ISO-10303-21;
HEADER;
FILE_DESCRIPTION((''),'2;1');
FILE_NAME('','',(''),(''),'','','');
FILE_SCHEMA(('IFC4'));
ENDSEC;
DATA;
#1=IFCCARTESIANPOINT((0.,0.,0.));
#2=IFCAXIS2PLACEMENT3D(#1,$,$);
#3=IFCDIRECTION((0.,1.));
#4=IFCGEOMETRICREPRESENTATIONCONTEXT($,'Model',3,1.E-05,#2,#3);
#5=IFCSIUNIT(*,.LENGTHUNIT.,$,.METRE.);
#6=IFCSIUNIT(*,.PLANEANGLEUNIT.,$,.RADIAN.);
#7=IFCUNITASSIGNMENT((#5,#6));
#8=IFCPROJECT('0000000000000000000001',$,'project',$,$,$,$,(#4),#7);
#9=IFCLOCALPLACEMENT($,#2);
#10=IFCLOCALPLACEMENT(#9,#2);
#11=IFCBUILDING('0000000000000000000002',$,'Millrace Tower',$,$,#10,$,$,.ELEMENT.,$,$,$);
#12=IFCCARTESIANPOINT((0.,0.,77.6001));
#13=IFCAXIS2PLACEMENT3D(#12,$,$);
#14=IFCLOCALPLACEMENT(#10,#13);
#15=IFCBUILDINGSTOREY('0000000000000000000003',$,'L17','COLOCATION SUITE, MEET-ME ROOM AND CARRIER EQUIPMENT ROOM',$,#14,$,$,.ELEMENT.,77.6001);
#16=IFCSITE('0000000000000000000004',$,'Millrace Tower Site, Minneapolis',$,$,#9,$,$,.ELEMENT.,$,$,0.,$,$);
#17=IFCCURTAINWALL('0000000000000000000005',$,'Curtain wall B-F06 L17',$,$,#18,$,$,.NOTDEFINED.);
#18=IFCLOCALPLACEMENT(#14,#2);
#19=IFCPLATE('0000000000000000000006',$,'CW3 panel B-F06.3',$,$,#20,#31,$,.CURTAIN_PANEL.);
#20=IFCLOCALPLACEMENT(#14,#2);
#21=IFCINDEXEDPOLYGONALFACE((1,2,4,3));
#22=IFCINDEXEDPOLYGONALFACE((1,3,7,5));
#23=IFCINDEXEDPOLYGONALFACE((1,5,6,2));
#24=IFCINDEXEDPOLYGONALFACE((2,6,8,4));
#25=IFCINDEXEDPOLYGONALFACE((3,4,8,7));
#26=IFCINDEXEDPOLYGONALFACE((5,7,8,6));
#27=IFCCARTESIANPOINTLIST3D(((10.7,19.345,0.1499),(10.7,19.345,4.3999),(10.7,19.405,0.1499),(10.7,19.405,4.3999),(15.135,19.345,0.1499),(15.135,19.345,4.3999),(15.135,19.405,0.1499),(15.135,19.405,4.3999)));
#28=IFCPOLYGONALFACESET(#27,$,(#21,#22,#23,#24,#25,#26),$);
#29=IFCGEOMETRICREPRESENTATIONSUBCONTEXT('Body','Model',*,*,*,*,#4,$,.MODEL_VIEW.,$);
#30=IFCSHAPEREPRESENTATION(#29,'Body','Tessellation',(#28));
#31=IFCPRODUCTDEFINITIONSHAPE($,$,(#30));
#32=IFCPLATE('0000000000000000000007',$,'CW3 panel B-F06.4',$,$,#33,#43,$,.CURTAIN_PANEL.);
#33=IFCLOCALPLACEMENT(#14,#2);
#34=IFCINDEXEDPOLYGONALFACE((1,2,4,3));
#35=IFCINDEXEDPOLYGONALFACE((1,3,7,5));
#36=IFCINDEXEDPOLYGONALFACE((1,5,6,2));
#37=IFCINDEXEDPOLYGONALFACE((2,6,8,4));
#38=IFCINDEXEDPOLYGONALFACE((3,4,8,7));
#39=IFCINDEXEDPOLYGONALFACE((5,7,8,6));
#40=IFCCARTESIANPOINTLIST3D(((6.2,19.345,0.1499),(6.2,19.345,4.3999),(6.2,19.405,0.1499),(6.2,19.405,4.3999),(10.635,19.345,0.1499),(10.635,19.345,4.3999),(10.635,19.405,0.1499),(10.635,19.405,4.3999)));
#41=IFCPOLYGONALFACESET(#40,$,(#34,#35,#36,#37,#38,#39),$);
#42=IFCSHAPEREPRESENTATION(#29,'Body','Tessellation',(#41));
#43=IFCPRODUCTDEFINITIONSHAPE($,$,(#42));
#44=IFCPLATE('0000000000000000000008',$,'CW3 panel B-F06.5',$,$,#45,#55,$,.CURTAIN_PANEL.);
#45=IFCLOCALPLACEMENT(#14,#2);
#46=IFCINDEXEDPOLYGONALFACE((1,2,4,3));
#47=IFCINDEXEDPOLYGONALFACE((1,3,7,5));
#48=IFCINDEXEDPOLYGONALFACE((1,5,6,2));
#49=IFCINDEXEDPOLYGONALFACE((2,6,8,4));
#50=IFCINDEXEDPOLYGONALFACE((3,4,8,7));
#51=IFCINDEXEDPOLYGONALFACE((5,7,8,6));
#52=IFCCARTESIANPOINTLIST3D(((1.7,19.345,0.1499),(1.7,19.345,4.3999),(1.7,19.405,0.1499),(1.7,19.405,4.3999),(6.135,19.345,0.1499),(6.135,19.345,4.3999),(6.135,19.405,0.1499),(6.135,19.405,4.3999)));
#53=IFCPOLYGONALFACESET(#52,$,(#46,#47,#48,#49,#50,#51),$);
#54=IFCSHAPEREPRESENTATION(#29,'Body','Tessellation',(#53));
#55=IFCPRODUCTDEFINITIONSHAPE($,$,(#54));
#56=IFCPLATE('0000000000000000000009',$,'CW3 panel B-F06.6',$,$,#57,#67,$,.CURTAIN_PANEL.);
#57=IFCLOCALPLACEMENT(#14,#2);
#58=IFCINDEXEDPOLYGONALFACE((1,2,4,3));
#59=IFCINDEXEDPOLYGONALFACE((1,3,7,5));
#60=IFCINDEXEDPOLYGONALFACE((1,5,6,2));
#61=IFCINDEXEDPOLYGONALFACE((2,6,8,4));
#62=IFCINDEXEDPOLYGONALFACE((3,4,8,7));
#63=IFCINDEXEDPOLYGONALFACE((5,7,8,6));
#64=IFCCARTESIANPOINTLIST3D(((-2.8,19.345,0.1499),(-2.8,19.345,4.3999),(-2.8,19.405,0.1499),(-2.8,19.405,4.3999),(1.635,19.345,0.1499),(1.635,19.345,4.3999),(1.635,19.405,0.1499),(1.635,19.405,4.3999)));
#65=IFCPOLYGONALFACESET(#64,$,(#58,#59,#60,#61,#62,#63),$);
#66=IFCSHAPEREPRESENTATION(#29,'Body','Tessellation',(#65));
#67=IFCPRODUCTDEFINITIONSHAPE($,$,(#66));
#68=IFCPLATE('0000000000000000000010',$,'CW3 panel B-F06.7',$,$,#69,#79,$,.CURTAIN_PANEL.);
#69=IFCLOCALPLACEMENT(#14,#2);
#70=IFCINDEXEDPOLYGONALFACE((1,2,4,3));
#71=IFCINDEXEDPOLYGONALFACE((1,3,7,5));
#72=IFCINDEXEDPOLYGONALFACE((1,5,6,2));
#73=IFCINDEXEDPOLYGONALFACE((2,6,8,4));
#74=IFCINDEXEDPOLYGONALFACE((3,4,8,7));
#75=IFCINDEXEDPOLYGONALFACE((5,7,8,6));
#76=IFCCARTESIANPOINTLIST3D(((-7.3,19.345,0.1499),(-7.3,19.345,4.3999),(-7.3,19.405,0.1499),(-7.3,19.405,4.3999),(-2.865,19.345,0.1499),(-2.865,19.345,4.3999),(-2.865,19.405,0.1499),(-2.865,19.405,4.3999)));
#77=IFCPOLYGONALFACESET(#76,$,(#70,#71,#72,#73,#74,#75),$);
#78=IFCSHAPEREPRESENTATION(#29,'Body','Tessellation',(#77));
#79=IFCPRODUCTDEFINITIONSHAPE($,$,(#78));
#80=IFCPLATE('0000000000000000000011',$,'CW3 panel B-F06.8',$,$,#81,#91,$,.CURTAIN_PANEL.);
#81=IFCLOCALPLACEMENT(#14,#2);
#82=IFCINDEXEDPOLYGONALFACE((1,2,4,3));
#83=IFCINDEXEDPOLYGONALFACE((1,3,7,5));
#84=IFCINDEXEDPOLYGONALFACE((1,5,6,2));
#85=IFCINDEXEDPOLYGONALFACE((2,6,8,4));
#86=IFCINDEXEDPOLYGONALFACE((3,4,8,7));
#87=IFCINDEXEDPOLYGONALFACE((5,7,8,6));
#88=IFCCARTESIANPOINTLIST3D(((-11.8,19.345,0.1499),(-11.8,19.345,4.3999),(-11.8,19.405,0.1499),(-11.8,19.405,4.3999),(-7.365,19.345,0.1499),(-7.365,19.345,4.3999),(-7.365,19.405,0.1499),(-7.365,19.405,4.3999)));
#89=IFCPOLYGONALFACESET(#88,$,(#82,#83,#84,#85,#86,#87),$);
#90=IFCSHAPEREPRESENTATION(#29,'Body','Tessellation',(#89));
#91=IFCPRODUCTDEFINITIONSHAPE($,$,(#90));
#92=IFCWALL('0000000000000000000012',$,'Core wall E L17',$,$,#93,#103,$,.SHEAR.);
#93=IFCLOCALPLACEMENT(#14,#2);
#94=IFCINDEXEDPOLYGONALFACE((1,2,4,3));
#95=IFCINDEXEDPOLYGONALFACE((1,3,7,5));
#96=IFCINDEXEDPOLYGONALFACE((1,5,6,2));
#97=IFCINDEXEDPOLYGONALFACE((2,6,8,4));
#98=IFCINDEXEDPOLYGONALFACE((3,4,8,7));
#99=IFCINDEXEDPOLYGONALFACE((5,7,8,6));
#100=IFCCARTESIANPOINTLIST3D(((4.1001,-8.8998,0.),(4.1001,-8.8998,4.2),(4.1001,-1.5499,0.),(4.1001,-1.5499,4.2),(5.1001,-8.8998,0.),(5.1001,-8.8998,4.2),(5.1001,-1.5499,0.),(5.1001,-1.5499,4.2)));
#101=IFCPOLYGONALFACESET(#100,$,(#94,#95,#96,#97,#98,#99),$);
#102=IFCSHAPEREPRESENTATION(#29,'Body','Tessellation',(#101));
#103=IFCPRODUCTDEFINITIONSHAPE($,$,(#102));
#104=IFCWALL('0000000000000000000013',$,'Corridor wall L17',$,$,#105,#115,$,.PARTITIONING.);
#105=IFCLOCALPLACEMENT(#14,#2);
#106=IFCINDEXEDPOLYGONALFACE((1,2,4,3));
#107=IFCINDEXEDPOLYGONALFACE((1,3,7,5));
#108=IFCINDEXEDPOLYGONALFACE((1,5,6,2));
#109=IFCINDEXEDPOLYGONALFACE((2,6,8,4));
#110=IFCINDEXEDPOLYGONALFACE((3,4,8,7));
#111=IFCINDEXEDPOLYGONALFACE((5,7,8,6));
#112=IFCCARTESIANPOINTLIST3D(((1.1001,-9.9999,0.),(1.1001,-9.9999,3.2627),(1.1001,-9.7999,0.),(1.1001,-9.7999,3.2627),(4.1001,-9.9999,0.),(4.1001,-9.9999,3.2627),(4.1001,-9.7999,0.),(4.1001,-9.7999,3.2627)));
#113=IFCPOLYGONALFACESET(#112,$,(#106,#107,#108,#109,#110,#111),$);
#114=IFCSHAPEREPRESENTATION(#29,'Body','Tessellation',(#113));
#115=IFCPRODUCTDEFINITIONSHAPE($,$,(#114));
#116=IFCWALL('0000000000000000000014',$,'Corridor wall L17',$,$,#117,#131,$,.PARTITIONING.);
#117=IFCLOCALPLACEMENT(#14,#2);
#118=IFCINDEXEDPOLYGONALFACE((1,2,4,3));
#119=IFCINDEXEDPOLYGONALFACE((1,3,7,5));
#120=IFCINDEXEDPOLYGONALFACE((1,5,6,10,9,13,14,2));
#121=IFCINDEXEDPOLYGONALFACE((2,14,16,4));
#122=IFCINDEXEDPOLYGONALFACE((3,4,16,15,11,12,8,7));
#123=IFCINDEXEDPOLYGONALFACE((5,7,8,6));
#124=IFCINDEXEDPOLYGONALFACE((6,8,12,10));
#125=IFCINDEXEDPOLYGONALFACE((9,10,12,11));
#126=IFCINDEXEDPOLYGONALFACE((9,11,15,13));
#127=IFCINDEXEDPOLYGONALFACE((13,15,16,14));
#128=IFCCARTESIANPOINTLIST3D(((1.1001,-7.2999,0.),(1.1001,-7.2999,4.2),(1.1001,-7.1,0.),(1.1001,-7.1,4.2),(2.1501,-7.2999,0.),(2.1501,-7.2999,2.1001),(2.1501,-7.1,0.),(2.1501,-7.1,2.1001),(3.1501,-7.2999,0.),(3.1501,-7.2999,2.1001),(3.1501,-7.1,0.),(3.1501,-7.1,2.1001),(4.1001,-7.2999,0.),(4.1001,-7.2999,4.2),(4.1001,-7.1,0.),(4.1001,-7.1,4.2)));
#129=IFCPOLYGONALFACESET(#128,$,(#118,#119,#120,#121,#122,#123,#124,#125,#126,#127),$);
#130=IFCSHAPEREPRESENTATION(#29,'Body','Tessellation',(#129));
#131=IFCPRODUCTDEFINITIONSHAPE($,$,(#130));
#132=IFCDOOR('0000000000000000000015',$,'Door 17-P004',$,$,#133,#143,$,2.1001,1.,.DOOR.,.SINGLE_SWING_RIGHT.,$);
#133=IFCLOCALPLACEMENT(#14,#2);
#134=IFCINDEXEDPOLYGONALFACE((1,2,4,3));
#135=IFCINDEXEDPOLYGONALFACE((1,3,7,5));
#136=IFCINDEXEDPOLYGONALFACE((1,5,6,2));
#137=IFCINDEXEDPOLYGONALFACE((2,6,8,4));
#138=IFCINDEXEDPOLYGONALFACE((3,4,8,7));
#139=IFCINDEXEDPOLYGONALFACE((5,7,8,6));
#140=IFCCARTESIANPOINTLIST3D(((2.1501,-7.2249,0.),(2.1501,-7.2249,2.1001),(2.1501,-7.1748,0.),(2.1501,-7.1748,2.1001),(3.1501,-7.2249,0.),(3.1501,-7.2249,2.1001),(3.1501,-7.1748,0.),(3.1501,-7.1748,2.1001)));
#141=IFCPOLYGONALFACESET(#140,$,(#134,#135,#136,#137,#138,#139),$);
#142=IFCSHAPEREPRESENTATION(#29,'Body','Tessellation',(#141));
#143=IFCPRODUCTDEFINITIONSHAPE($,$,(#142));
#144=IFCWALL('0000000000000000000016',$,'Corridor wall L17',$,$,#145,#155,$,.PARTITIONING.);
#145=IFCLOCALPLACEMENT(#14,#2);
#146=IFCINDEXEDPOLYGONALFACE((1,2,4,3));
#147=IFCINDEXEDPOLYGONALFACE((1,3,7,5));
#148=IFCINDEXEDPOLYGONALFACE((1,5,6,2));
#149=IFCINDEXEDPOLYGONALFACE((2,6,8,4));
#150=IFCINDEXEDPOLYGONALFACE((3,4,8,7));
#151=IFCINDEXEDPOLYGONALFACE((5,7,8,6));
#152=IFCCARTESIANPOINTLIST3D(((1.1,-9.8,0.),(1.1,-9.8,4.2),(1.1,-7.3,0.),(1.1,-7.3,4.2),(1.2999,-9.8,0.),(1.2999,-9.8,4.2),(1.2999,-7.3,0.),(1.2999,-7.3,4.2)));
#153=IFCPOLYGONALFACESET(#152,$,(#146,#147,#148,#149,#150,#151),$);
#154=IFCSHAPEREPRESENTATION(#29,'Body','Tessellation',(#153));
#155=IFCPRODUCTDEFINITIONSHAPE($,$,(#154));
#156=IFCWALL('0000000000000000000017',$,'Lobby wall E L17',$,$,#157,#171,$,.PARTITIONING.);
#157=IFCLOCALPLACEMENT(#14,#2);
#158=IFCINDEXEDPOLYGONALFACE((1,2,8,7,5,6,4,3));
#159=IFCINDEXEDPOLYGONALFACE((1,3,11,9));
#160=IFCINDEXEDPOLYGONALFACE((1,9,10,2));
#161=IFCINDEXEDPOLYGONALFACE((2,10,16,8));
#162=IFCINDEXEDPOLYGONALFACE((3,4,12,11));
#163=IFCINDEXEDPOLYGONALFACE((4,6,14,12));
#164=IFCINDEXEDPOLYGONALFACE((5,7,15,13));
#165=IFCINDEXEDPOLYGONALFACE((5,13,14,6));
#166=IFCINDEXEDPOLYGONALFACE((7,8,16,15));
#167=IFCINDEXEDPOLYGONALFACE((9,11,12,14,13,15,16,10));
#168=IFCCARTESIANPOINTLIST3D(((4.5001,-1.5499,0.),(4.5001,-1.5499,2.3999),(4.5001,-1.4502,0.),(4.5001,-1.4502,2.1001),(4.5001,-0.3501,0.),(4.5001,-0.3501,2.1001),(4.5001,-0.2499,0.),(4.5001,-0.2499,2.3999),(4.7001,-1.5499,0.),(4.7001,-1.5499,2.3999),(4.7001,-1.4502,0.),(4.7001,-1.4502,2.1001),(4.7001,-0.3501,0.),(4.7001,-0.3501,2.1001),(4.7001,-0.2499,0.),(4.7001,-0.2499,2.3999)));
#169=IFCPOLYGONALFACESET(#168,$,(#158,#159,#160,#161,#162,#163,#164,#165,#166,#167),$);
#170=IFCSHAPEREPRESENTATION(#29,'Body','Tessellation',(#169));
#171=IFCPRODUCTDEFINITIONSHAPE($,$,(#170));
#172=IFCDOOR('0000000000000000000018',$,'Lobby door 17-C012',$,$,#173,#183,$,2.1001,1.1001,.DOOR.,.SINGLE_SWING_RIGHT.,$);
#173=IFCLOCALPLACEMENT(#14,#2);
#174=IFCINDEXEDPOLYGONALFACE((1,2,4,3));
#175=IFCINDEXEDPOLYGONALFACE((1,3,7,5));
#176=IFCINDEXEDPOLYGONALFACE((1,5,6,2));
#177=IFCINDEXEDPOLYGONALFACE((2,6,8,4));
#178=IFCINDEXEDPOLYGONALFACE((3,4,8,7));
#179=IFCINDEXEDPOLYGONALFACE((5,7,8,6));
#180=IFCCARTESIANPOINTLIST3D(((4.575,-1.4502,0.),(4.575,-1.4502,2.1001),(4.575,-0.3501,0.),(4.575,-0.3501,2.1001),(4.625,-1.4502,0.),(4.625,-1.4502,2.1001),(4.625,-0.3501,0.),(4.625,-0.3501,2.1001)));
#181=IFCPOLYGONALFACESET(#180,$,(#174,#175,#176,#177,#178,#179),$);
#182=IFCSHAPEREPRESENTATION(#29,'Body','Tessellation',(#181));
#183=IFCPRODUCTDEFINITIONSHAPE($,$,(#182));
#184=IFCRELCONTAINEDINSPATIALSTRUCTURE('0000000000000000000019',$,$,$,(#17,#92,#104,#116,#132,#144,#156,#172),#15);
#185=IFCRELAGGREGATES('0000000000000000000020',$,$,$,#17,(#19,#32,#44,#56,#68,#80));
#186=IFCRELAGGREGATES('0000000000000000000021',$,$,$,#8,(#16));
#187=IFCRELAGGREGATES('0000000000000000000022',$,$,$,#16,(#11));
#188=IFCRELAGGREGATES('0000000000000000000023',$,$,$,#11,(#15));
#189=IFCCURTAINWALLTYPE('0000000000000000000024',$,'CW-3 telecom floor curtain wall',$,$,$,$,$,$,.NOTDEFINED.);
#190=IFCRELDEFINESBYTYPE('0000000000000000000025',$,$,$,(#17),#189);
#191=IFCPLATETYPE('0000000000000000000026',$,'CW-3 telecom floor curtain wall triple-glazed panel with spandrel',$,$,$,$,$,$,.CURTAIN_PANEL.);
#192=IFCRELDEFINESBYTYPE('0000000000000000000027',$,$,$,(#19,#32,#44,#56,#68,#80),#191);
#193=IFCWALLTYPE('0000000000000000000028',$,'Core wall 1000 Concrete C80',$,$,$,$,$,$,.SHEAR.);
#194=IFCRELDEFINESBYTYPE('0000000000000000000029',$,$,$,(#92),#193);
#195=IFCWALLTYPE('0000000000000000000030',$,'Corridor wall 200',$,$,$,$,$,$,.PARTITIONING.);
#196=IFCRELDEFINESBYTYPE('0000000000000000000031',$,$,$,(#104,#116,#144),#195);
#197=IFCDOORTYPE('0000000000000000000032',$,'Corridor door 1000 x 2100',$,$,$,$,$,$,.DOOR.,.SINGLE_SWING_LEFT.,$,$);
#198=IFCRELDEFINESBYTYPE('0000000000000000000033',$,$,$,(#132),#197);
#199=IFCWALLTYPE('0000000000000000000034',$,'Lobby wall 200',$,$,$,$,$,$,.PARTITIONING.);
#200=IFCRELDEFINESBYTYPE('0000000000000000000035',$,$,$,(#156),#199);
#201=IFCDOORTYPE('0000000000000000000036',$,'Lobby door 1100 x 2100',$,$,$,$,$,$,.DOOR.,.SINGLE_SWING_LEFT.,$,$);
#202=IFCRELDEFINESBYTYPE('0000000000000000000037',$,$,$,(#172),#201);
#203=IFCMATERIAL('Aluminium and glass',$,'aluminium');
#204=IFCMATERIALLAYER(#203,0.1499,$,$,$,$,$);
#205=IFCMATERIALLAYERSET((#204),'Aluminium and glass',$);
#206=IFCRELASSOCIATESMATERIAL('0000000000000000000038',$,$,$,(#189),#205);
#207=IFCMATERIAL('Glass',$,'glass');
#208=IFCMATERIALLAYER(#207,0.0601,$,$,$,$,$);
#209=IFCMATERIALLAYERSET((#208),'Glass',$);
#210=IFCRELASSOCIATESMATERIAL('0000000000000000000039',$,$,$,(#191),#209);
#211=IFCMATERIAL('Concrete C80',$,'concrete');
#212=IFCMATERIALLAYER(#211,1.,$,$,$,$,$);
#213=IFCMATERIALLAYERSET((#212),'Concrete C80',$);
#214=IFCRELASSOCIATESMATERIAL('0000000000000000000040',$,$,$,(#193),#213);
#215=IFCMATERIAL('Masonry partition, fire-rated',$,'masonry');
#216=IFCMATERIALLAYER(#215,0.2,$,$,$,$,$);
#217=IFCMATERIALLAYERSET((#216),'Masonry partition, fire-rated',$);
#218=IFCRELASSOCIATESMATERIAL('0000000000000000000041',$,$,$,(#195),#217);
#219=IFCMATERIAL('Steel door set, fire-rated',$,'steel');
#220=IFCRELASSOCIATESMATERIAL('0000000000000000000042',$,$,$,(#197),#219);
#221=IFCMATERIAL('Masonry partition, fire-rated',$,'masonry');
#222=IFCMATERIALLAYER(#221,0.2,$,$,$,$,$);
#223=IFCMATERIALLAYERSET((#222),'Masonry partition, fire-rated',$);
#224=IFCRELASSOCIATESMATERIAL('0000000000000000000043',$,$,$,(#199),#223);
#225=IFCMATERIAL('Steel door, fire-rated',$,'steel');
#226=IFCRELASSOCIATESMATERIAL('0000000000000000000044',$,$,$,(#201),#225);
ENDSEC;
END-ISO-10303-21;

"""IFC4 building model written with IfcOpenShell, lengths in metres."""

from ifc_helpers import new_model, si_unit, direction, frame, frame_2d, origin, place, context, subcontext, project, spatial, polyline, rectangle, outline, extrude, material, layer, layer_set, type_object, element, fill, aggregate, save


model = new_model("IFC4")

# Units and contexts
model_context = context("Model", 3, precision=1e-05, world=origin(), true_north=direction((0.0, 1.0)))
body_context = subcontext(model_context, "Body", "Model", "MODEL_VIEW")
ifc_project = project(units=[si_unit("LENGTHUNIT", "METRE"), si_unit("PLANEANGLEUNIT", "RADIAN")], contexts=[model_context])

# Site, building, storey
site_placement = place(None, origin())
site = spatial("IfcSite", under=ifc_project, at=site_placement, Name="Millrace Tower Site, Minneapolis", CompositionType="ELEMENT", RefElevation=0.0)
building_placement = place(site_placement, origin())
building = spatial("IfcBuilding", under=site, at=building_placement, Name="Millrace Tower", CompositionType="ELEMENT")
storey_placement = place(building_placement, frame((0.0, 0.0, 77.6001)))
storey = spatial("IfcBuildingStorey", under=building, at=storey_placement, Name="L17", Description="COLOCATION SUITE, MEET-ME ROOM AND CARRIER EQUIPMENT ROOM", CompositionType="ELEMENT", Elevation=77.6001)

# Curtain wall, plates
ifc_material_1 = material(Name="Aluminium and glass", Category="aluminium")
ifc_layer_1 = layer(ifc_material_1, 0.1499)
ifc_layer_set_1 = layer_set([ifc_layer_1], Name="Aluminium and glass")
curtain_wall_type = type_object("IfcCurtainWallType", Name="CW-3 telecom floor curtain wall", PredefinedType="NOTDEFINED", material=ifc_layer_set_1)
placement_1 = place(storey_placement, origin())
curtain_wall = element("IfcCurtainWall", 1, at=placement_1, inside=storey, type_object=curtain_wall_type, Name="Curtain wall B-F06 L17", PredefinedType="NOTDEFINED")
ifc_material_2 = material(Name="Glass", Category="glass")
ifc_layer_2 = layer(ifc_material_2, 0.0601)
ifc_layer_set_2 = layer_set([ifc_layer_2], Name="Glass")
plate_type = type_object("IfcPlateType", Name="CW-3 telecom floor curtain wall triple-glazed panel with spandrel", PredefinedType="CURTAIN_PANEL", material=ifc_layer_set_2)
placement_2 = place(storey_placement, frame((0.0, 0.0, 0.1499)))
plate_1 = element("IfcPlate", 2, at=placement_2, type_object=plate_type, Name="CW3 panel B-F06.3", PredefinedType="CURTAIN_PANEL", context=body_context, shape_type="SweptSolid", body=[
    extrude(outline(polyline([(15.135, 19.405), (10.7, 19.405), (10.7, 19.345), (15.135, 19.345), (15.135, 19.405)])), origin(), (0.0, 0.0, 1.0), 4.25),
])
plate_2 = element("IfcPlate", 3, at=placement_2, type_object=plate_type, Name="CW3 panel B-F06.4", PredefinedType="CURTAIN_PANEL", context=body_context, shape_type="SweptSolid", body=[
    extrude(outline(polyline([(10.635, 19.405), (6.2, 19.405), (6.2, 19.345), (10.635, 19.345), (10.635, 19.405)])), origin(), (0.0, 0.0, 1.0), 4.25),
])
plate_3 = element("IfcPlate", 4, at=placement_2, type_object=plate_type, Name="CW3 panel B-F06.5", PredefinedType="CURTAIN_PANEL", context=body_context, shape_type="SweptSolid", body=[
    extrude(outline(polyline([(6.135, 19.405), (1.7, 19.405), (1.7, 19.345), (6.135, 19.345), (6.135, 19.405)])), origin(), (0.0, 0.0, 1.0), 4.25),
])
plate_4 = element("IfcPlate", 5, at=placement_2, type_object=plate_type, Name="CW3 panel B-F06.6", PredefinedType="CURTAIN_PANEL", context=body_context, shape_type="SweptSolid", body=[
    extrude(outline(polyline([(1.635, 19.405), (-2.8, 19.405), (-2.8, 19.345), (1.635, 19.345), (1.635, 19.405)])), origin(), (0.0, 0.0, 1.0), 4.25),
])
plate_5 = element("IfcPlate", 6, at=placement_2, type_object=plate_type, Name="CW3 panel B-F06.7", PredefinedType="CURTAIN_PANEL", context=body_context, shape_type="SweptSolid", body=[
    extrude(outline(polyline([(-2.865, 19.405), (-7.3, 19.405), (-7.3, 19.345), (-2.865, 19.345), (-2.865, 19.405)])), origin(), (0.0, 0.0, 1.0), 4.25),
])
plate_6 = element("IfcPlate", 7, at=placement_2, type_object=plate_type, Name="CW3 panel B-F06.8", PredefinedType="CURTAIN_PANEL", context=body_context, shape_type="SweptSolid", body=[
    extrude(outline(polyline([(-7.365, 19.405), (-11.8, 19.405), (-11.8, 19.345), (-7.365, 19.345), (-7.365, 19.405)])), origin(), (0.0, 0.0, 1.0), 4.25),
])
aggregate(curtain_wall, [plate_1, plate_2, plate_3, plate_4, plate_5, plate_6])

# Walls
ifc_material_3 = material(Name="Concrete C80", Category="concrete")
ifc_layer_3 = layer(ifc_material_3, 1.0)
ifc_layer_set_3 = layer_set([ifc_layer_3], Name="Concrete C80")
wall_type_1 = type_object("IfcWallType", Name="Core wall 1000 Concrete C80", PredefinedType="SHEAR", material=ifc_layer_set_3)
wall_1_placement = place(storey_placement, frame((4.6001, -1.55, 0.0), z_axis=(0.0, 0.0, 1.0), x_axis=(0.0, -1.0, 0.0)))
element("IfcWall", 8, at=wall_1_placement, inside=storey, type_object=wall_type_1, Name="Core wall E L17", PredefinedType="SHEAR", context=body_context, shape_type="SweptSolid", body=[
    extrude(rectangle(XDim=7.3499, YDim=1.0, at=frame_2d((3.6748, 0.0))), origin(), (0.0, 0.0, 1.0), 4.2),
])
ifc_material_4 = material(Name="Masonry partition, fire-rated", Category="masonry")
ifc_layer_4 = layer(ifc_material_4, 0.2)
ifc_layer_set_4 = layer_set([ifc_layer_4], Name="Masonry partition, fire-rated")
wall_type_2 = type_object("IfcWallType", Name="Corridor wall 200", PredefinedType="PARTITIONING", material=ifc_layer_set_4)
wall_2_placement = place(storey_placement, frame((1.1001, -9.8999, 0.0), z_axis=(0.0, 0.0, 1.0), x_axis=(1.0, 0.0, 0.0)))
element("IfcWall", 9, at=wall_2_placement, inside=storey, type_object=wall_type_2, Name="Corridor wall L17", PredefinedType="PARTITIONING", context=body_context, shape_type="SweptSolid", body=[
    extrude(rectangle(XDim=3.0, YDim=0.2, at=frame_2d((1.5, 0.0))), origin(), (0.0, 0.0, 1.0), 3.2627),
])

# Wall, opening, door
wall_3_placement = place(storey_placement, frame((1.1001, -7.2, 0.0), z_axis=(0.0, 0.0, 1.0), x_axis=(1.0, 0.0, 0.0)))
wall_3 = element("IfcWall", 10, at=wall_3_placement, inside=storey, type_object=wall_type_2, Name="Corridor wall L17", PredefinedType="PARTITIONING", context=body_context, shape_type="SweptSolid", body=[
    extrude(rectangle(XDim=3.0, YDim=0.2, at=frame_2d((1.5, 0.0))), origin(), (0.0, 0.0, 1.0), 4.2),
])
opening_1_placement = place(wall_3_placement, frame((1.05, 0.0, 0.0)))
opening_1 = element("IfcOpeningElement", 11, at=opening_1_placement, cuts=wall_3, PredefinedType="OPENING", context=body_context, shape_type="SweptSolid", body=[
    extrude(rectangle(XDim=1.0, YDim=2.1001, at=frame_2d((0.5, 1.05))), frame((0.0, 0.1099, 0.0), z_axis=(0.0, -1.0, 0.0), x_axis=(1.0, 0.0, 0.0)), (0.0, 0.0, 1.0), 0.22),
])
ifc_material_5 = material(Name="Steel door set, fire-rated", Category="steel")
door_type_1 = type_object("IfcDoorType", Name="Corridor door 1000 x 2100", OperationType="SINGLE_SWING_LEFT", PredefinedType="DOOR", material=ifc_material_5)
door_1_placement = place(opening_1_placement, frame((1.0, 0.0, 0.0), z_axis=(0.0, 0.0, 1.0), x_axis=(-1.0, 0.0, 0.0)))
door_1 = element("IfcDoor", 12, at=door_1_placement, inside=storey, type_object=door_type_1, Name="Door 17-P004", OperationType="SINGLE_SWING_RIGHT", OverallHeight=2.1001, OverallWidth=1.0, PredefinedType="DOOR", context=body_context, shape_type="SweptSolid", body=[
    extrude(rectangle(XDim=1.0, YDim=2.1001, at=frame_2d((0.5, 1.05))), frame((0.0, 0.0249, 0.0), z_axis=(0.0, -1.0, 0.0), x_axis=(1.0, 0.0, 0.0)), (0.0, 0.0, 1.0), 0.05),
])
fill(opening_1, door_1)

# Wall
wall_4_placement = place(storey_placement, frame((1.2, -9.8, 0.0), z_axis=(0.0, 0.0, 1.0), x_axis=(0.0, 1.0, 0.0)))
element("IfcWall", 13, at=wall_4_placement, inside=storey, type_object=wall_type_2, Name="Corridor wall L17", PredefinedType="PARTITIONING", context=body_context, shape_type="SweptSolid", body=[
    extrude(rectangle(XDim=2.5, YDim=0.2, at=frame_2d((1.25, 0.0))), origin(), (0.0, 0.0, 1.0), 4.2),
])

# Wall, opening, door
ifc_material_6 = material(Name="Masonry partition, fire-rated", Category="masonry")
ifc_layer_5 = layer(ifc_material_6, 0.2)
ifc_layer_set_5 = layer_set([ifc_layer_5], Name="Masonry partition, fire-rated")
wall_type_3 = type_object("IfcWallType", Name="Lobby wall 200", PredefinedType="PARTITIONING", material=ifc_layer_set_5)
wall_5_placement = place(storey_placement, frame((4.6001, -0.25, 0.0), z_axis=(0.0, 0.0, 1.0), x_axis=(0.0, -1.0, 0.0)))
wall_5 = element("IfcWall", 14, at=wall_5_placement, inside=storey, type_object=wall_type_3, Name="Lobby wall E L17", PredefinedType="PARTITIONING", context=body_context, shape_type="SweptSolid", body=[
    extrude(rectangle(XDim=1.3, YDim=0.2, at=frame_2d((0.6499, 0.0))), origin(), (0.0, 0.0, 1.0), 2.3999),
])
opening_2_placement = place(wall_5_placement, frame((0.1001, 0.0, 0.0)))
opening_2 = element("IfcOpeningElement", 15, at=opening_2_placement, cuts=wall_5, PredefinedType="OPENING", context=body_context, shape_type="SweptSolid", body=[
    extrude(rectangle(XDim=1.1001, YDim=2.1001, at=frame_2d((0.55, 1.05))), frame((0.0, 0.1099, 0.0), z_axis=(0.0, -1.0, 0.0), x_axis=(1.0, 0.0, 0.0)), (0.0, 0.0, 1.0), 0.22),
])
ifc_material_7 = material(Name="Steel door, fire-rated", Category="steel")
door_type_2 = type_object("IfcDoorType", Name="Lobby door 1100 x 2100", OperationType="SINGLE_SWING_LEFT", PredefinedType="DOOR", material=ifc_material_7)
door_2_placement = place(opening_2_placement, origin())
door_2 = element("IfcDoor", 16, at=door_2_placement, inside=storey, type_object=door_type_2, Name="Lobby door 17-C012", OperationType="SINGLE_SWING_RIGHT", OverallHeight=2.1001, OverallWidth=1.1001, PredefinedType="DOOR", context=body_context, shape_type="SweptSolid", body=[
    extrude(rectangle(XDim=1.1001, YDim=2.1001, at=frame_2d((0.55, 1.05))), frame((0.0, 0.0249, 0.0), z_axis=(0.0, -1.0, 0.0), x_axis=(1.0, 0.0, 0.0)), (0.0, 0.0, 1.0), 0.05),
])
fill(opening_2, door_2)

save(model, "model.ifc")
